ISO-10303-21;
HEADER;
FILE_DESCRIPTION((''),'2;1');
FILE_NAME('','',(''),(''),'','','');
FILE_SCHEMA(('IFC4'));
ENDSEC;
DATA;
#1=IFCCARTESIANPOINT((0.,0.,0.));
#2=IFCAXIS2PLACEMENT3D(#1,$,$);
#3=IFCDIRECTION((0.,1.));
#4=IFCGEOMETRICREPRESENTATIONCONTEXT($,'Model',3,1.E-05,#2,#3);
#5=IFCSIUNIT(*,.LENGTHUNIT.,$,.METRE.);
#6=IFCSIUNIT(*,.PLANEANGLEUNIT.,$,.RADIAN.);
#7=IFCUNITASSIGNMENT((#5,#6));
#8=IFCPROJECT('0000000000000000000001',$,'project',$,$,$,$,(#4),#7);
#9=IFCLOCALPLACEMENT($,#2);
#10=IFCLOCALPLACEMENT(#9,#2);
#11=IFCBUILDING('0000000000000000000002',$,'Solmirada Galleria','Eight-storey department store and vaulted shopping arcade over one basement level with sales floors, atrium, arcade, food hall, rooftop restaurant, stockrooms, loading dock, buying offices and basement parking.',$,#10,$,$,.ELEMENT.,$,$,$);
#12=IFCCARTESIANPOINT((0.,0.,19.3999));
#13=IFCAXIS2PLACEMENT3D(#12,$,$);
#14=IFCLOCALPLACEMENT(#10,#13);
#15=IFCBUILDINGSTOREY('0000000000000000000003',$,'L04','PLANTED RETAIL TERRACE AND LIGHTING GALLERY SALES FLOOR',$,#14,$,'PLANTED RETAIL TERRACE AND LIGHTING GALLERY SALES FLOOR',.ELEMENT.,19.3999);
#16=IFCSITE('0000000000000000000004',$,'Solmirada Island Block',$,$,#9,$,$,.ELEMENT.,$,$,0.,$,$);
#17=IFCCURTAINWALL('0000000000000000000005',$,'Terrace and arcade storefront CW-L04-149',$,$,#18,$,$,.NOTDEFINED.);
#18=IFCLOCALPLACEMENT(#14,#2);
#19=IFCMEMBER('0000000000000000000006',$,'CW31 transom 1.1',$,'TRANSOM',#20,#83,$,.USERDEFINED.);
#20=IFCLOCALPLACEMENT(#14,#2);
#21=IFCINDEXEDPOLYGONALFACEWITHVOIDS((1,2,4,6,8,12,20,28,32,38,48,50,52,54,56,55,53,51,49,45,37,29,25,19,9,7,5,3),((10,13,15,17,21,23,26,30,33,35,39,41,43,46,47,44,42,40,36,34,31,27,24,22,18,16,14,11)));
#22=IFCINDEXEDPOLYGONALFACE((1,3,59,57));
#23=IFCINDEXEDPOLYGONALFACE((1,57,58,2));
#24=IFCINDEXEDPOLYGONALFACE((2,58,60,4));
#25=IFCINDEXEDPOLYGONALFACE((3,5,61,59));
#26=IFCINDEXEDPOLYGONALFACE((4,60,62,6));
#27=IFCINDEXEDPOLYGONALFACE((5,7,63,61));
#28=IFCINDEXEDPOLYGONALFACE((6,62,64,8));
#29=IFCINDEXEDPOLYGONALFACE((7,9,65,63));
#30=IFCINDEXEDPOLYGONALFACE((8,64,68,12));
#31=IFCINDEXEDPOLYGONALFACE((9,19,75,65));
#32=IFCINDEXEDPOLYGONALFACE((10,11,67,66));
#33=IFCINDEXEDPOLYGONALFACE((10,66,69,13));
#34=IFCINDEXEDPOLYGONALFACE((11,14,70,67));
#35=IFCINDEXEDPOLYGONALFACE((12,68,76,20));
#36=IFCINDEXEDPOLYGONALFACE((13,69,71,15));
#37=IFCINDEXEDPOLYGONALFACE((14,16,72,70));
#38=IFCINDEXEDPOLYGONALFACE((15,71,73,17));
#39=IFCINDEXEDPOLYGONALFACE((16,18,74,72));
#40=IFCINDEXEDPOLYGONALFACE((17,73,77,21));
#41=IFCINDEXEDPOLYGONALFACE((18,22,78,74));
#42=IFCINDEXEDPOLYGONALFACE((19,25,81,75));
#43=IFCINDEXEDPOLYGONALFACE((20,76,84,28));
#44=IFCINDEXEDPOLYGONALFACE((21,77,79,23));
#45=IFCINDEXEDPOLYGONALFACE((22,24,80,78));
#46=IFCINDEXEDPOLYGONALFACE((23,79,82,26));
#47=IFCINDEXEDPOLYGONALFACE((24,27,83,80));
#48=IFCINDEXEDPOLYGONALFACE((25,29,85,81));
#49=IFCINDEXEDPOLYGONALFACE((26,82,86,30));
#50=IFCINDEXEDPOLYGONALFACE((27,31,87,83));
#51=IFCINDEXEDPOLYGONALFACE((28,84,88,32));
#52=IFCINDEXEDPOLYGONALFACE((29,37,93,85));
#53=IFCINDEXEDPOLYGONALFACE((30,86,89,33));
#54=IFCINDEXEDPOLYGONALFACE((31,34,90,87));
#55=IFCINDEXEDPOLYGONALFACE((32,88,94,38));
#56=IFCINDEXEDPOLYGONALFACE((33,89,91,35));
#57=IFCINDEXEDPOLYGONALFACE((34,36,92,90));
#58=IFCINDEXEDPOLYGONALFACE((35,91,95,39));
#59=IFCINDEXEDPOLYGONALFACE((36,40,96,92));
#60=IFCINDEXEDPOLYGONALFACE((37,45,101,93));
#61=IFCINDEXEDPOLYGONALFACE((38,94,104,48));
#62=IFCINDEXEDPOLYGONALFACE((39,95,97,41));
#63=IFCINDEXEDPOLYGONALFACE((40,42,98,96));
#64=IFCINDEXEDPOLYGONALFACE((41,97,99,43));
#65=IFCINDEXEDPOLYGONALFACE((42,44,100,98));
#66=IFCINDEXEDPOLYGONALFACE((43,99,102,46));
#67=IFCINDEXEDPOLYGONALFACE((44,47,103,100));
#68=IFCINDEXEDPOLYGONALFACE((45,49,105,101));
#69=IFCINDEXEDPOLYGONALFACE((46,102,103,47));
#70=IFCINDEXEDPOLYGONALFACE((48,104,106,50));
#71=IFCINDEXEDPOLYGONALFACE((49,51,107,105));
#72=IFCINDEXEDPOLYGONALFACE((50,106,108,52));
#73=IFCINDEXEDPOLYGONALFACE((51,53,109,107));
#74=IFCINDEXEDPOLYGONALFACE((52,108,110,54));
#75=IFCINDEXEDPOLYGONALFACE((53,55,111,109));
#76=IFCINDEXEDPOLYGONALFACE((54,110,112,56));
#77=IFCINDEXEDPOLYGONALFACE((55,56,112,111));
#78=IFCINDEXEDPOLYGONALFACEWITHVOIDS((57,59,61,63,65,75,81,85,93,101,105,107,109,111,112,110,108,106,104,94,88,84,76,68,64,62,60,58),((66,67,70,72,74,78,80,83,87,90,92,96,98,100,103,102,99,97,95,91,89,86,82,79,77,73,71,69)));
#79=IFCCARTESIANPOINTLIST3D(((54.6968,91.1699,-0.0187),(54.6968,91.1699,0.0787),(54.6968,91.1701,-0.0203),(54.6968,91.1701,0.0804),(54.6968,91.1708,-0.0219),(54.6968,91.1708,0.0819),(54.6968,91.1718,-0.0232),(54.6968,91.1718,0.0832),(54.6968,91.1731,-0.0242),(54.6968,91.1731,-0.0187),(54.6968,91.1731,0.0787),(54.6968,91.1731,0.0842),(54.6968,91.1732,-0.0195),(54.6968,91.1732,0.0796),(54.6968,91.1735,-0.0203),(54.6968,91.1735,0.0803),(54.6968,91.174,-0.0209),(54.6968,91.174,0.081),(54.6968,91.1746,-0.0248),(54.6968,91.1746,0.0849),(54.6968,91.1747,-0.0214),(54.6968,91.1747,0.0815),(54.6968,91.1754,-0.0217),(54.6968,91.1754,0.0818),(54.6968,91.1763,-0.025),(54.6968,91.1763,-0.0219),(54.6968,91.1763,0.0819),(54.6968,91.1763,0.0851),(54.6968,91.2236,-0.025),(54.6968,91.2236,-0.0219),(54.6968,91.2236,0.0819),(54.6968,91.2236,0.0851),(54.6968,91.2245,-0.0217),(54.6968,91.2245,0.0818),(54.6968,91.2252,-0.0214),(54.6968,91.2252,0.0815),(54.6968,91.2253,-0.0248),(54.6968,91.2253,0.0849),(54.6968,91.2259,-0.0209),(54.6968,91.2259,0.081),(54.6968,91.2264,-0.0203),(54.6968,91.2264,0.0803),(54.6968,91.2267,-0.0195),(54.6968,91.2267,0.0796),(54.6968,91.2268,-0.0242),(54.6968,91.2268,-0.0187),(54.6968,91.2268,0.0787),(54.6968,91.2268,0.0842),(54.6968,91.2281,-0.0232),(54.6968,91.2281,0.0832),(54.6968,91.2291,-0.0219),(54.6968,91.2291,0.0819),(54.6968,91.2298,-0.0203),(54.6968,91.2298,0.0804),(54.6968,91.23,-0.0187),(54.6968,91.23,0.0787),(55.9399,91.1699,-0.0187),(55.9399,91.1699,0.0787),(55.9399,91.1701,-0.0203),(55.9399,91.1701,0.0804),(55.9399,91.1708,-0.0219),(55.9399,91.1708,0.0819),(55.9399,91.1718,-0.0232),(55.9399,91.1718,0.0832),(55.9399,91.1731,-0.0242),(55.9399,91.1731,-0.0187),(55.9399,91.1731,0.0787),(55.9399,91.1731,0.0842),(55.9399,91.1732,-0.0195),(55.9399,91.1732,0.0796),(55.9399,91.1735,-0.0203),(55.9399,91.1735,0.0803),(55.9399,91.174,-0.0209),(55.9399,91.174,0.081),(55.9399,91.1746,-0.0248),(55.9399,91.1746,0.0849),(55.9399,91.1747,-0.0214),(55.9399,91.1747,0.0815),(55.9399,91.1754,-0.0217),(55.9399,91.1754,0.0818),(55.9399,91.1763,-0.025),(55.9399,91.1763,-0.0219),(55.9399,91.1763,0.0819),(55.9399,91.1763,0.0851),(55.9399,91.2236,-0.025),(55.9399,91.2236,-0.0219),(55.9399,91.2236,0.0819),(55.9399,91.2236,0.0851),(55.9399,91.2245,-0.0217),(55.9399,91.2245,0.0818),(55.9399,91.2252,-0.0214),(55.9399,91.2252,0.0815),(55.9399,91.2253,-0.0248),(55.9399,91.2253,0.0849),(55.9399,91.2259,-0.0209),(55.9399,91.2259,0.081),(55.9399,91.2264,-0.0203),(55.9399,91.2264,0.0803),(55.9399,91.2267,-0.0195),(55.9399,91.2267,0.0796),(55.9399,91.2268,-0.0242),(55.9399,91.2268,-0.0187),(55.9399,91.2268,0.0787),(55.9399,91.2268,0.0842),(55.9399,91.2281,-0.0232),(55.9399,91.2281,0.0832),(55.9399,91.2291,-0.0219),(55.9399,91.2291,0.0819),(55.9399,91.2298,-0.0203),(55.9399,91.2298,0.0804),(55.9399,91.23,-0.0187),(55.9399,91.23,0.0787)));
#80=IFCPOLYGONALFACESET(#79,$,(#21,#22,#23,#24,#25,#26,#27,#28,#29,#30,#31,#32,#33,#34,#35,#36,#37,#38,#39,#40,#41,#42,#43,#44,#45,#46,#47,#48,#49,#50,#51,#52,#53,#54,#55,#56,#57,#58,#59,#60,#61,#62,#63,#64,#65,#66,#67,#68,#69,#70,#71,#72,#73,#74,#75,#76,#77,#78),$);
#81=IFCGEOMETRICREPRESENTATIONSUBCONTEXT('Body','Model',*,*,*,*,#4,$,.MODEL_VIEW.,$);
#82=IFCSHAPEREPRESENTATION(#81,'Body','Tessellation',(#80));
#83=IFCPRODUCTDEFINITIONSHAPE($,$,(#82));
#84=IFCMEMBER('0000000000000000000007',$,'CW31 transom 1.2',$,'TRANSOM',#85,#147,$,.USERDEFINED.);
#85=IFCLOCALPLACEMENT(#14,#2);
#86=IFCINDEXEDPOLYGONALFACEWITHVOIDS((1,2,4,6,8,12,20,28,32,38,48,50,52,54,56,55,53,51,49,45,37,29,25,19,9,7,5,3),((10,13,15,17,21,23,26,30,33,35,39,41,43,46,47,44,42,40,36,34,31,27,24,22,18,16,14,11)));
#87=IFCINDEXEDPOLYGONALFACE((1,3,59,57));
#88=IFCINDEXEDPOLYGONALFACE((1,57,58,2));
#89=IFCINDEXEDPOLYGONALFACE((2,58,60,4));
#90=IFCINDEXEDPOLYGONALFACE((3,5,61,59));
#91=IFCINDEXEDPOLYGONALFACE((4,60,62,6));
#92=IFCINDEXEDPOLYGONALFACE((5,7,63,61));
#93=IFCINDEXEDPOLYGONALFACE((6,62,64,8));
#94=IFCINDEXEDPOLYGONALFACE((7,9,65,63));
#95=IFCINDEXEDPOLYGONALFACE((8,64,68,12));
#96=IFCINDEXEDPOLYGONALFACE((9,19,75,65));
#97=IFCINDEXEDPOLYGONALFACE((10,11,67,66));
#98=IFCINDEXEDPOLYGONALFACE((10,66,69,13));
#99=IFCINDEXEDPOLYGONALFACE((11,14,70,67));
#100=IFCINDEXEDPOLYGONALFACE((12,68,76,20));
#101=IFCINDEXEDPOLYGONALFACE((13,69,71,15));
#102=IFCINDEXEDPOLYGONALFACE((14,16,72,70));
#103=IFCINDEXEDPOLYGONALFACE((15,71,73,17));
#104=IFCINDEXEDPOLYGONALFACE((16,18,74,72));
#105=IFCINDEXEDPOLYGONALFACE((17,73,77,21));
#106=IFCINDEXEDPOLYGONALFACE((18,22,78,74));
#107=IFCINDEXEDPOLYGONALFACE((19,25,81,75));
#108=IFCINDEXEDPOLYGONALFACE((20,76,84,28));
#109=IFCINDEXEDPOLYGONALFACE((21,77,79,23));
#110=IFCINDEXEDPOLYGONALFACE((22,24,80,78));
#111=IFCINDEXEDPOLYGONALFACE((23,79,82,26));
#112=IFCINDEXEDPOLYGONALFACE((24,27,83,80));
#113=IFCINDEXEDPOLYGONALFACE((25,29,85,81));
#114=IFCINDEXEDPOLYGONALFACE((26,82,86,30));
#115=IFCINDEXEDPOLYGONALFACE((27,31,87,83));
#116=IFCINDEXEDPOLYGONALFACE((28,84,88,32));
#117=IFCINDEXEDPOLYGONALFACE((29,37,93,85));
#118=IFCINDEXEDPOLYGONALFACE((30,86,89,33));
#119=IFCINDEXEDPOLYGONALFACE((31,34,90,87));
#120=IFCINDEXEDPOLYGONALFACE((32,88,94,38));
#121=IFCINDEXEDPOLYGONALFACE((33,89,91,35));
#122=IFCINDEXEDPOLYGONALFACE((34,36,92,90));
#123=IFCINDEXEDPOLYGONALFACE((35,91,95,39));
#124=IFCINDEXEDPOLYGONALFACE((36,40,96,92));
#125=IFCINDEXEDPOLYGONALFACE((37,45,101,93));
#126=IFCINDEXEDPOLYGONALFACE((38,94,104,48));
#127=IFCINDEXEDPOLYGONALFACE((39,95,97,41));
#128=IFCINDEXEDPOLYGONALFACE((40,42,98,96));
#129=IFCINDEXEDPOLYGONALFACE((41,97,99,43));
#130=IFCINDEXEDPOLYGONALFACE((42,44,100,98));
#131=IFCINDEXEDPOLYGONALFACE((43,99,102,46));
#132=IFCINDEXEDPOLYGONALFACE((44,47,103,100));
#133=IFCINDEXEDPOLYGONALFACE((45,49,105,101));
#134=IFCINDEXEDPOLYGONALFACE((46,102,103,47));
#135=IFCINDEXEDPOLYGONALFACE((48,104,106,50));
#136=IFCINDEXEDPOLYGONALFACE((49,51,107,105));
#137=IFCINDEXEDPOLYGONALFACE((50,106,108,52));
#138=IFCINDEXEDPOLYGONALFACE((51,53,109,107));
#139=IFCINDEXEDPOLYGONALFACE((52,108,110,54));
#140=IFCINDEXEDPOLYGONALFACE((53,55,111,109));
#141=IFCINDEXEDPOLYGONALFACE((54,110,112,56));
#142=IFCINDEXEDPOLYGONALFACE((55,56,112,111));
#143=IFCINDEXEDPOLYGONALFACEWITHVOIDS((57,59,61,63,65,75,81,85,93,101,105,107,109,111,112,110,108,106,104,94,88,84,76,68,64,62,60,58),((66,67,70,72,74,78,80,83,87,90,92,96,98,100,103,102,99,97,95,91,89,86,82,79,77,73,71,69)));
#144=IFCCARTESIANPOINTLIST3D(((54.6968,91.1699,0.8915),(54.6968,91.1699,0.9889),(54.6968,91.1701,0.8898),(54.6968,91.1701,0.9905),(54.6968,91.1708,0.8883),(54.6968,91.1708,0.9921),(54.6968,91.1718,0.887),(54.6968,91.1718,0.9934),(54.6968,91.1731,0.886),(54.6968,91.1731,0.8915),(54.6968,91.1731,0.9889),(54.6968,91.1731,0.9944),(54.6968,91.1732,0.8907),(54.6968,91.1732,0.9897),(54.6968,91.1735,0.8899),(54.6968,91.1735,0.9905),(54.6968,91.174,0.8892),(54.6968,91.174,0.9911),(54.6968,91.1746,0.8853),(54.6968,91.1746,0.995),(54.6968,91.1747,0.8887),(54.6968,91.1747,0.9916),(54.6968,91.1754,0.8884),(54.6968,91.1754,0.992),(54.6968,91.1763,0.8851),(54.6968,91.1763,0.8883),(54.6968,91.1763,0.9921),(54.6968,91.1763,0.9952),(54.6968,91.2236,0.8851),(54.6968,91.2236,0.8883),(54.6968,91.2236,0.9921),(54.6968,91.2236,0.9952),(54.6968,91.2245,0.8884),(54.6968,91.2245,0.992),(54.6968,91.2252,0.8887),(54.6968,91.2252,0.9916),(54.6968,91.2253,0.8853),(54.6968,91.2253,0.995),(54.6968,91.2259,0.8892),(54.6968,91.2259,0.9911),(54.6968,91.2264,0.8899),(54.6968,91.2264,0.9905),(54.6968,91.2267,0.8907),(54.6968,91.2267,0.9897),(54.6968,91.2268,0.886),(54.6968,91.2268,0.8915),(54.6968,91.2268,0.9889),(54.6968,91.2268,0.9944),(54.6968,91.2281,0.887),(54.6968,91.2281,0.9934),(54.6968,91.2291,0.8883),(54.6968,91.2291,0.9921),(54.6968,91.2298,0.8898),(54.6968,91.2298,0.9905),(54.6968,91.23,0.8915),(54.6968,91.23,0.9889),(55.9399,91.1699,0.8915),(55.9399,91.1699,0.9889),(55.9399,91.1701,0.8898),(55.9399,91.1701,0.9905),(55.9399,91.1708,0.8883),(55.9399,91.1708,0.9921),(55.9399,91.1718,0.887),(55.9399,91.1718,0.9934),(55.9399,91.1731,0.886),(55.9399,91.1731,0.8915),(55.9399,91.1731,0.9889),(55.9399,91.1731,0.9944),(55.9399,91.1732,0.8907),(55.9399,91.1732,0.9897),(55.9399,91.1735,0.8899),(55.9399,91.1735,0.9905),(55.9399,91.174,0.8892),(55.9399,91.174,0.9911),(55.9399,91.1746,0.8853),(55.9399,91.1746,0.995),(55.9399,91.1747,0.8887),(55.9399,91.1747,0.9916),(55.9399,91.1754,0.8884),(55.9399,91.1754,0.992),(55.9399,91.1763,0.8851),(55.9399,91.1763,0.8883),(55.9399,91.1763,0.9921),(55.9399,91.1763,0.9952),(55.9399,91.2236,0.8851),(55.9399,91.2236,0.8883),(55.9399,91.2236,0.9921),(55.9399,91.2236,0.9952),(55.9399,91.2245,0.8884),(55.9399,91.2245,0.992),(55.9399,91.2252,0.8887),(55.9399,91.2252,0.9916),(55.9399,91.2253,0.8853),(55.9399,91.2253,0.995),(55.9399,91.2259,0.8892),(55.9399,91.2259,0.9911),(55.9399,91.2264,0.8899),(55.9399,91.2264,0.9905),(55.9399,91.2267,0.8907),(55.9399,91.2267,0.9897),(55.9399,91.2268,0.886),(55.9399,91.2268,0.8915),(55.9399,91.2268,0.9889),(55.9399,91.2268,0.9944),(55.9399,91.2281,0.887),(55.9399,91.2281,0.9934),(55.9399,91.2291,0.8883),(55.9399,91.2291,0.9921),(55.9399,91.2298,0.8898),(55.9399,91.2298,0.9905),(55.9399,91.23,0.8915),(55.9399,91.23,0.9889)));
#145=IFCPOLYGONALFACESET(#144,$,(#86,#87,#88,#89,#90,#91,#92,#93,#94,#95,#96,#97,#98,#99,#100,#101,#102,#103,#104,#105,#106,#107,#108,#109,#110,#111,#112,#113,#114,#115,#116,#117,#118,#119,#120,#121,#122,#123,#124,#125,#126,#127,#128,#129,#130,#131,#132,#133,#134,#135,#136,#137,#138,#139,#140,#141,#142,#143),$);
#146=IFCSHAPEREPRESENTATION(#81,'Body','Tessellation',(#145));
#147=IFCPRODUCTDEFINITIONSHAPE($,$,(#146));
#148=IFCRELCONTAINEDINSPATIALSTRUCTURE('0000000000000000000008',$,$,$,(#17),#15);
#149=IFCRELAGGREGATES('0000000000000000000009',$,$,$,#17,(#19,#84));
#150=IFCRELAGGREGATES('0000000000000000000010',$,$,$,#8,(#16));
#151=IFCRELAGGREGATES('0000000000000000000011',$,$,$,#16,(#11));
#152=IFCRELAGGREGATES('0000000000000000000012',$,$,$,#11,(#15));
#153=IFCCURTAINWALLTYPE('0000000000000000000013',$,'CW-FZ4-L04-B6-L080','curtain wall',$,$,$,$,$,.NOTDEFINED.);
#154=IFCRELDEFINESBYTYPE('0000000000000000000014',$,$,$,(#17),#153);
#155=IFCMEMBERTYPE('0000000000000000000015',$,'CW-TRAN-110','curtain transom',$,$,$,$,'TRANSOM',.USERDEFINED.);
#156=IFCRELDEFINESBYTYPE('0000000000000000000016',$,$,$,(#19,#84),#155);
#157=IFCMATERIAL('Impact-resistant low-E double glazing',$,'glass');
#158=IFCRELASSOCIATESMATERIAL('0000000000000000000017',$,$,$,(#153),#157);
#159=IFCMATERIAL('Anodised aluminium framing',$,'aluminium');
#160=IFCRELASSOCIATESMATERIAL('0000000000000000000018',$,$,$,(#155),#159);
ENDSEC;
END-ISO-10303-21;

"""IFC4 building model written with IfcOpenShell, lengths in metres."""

from ifc_helpers import new_model, si_unit, direction, frame, origin, origin_2d, place, context, subcontext, project, spatial, hollow_rectangle, extrude, material, material_profile, profile_set, type_object, element, aggregate, save


model = new_model("IFC4")

# Units and contexts
model_context = context("Model", 3, precision=1e-05, world=origin(), true_north=direction((0.0, 1.0)))
body_context = subcontext(model_context, "Body", "Model", "MODEL_VIEW")
ifc_project = project(units=[si_unit("LENGTHUNIT", "METRE"), si_unit("PLANEANGLEUNIT", "RADIAN")], contexts=[model_context])

# Site, building, storey
site_placement = place(None, origin())
site = spatial("IfcSite", under=ifc_project, at=site_placement, Name="Solmirada Island Block", CompositionType="ELEMENT", RefElevation=0.0)
building_placement = place(site_placement, origin())
building = spatial("IfcBuilding", under=site, at=building_placement, Name="Solmirada Galleria", Description="Eight-storey department store and vaulted shopping arcade over one basement level with sales floors, atrium, arcade, food hall, rooftop restaurant, stockrooms, loading dock, buying offices and basement parking.", CompositionType="ELEMENT")
storey_placement = place(building_placement, frame((0.0, 0.0, 19.3999)))
storey = spatial("IfcBuildingStorey", under=building, at=storey_placement, Name="L04", Description="PLANTED RETAIL TERRACE AND LIGHTING GALLERY SALES FLOOR", LongName="PLANTED RETAIL TERRACE AND LIGHTING GALLERY SALES FLOOR", CompositionType="ELEMENT", Elevation=19.3999)

# Shared definitions
ifc_material_1 = material(Name="Impact-resistant low-E double glazing", Category="glass")
curtain_wall_type = type_object("IfcCurtainWallType", Name="CW-FZ4-L04-B6-L080", Description="curtain wall", PredefinedType="NOTDEFINED", material=ifc_material_1)
ifc_material_2 = material(Name="Anodised aluminium framing", Category="aluminium")

# Curtain wall
curtain_wall_1_placement = place(storey_placement, origin())
curtain_wall_1 = element("IfcCurtainWall", 1, at=curtain_wall_1_placement, inside=storey, type_object=curtain_wall_type, Name="Terrace and arcade storefront CW-L04-149", PredefinedType="NOTDEFINED")

# Members
ifc_material_profile_1 = material_profile(ifc_material_2, hollow_rectangle(XDim=0.0601, YDim=0.1101, WallThickness=0.0032, InnerFilletRadius=0.0032, OuterFilletRadius=0.0063, at=origin_2d()), Name="ALU-TRAN-110X60")
ifc_profile_set_1 = profile_set([ifc_material_profile_1], Name="Anodised aluminium framing")
member_type_1 = type_object("IfcMemberType", Name="CW-TRAN-110", Description="curtain transom", ElementType="TRANSOM", PredefinedType="USERDEFINED", material=ifc_profile_set_1)
member_1_placement = place(storey_placement, frame((55.9399, 91.2, 0.03), z_axis=(-1.0, 0.0, 0.0), x_axis=(0.0, -1.0, 0.0)))
member_1 = element("IfcMember", 2, at=member_1_placement, type_object=member_type_1, Name="CW31 transom 1.1", ObjectType="TRANSOM", PredefinedType="USERDEFINED", context=body_context, shape_type="SweptSolid", body=[
    extrude(hollow_rectangle(XDim=0.0601, YDim=0.1101, WallThickness=0.0032, InnerFilletRadius=0.0032, OuterFilletRadius=0.0063, at=origin_2d()), origin(), (0.0, 0.0, 1.0), 1.2432),
])
member_2_placement = place(storey_placement, frame((55.9399, 91.2, 0.9402), z_axis=(-1.0, 0.0, 0.0), x_axis=(0.0, -1.0, 0.0)))
member_2 = element("IfcMember", 3, at=member_2_placement, type_object=member_type_1, Name="CW31 transom 1.2", ObjectType="TRANSOM", PredefinedType="USERDEFINED", context=body_context, shape_type="SweptSolid", body=[
    extrude(hollow_rectangle(XDim=0.0601, YDim=0.1101, WallThickness=0.0032, InnerFilletRadius=0.0032, OuterFilletRadius=0.0063, at=origin_2d()), origin(), (0.0, 0.0, 1.0), 1.2432),
])

aggregate(curtain_wall_1, [member_1, member_2])

save(model, "model.ifc")
